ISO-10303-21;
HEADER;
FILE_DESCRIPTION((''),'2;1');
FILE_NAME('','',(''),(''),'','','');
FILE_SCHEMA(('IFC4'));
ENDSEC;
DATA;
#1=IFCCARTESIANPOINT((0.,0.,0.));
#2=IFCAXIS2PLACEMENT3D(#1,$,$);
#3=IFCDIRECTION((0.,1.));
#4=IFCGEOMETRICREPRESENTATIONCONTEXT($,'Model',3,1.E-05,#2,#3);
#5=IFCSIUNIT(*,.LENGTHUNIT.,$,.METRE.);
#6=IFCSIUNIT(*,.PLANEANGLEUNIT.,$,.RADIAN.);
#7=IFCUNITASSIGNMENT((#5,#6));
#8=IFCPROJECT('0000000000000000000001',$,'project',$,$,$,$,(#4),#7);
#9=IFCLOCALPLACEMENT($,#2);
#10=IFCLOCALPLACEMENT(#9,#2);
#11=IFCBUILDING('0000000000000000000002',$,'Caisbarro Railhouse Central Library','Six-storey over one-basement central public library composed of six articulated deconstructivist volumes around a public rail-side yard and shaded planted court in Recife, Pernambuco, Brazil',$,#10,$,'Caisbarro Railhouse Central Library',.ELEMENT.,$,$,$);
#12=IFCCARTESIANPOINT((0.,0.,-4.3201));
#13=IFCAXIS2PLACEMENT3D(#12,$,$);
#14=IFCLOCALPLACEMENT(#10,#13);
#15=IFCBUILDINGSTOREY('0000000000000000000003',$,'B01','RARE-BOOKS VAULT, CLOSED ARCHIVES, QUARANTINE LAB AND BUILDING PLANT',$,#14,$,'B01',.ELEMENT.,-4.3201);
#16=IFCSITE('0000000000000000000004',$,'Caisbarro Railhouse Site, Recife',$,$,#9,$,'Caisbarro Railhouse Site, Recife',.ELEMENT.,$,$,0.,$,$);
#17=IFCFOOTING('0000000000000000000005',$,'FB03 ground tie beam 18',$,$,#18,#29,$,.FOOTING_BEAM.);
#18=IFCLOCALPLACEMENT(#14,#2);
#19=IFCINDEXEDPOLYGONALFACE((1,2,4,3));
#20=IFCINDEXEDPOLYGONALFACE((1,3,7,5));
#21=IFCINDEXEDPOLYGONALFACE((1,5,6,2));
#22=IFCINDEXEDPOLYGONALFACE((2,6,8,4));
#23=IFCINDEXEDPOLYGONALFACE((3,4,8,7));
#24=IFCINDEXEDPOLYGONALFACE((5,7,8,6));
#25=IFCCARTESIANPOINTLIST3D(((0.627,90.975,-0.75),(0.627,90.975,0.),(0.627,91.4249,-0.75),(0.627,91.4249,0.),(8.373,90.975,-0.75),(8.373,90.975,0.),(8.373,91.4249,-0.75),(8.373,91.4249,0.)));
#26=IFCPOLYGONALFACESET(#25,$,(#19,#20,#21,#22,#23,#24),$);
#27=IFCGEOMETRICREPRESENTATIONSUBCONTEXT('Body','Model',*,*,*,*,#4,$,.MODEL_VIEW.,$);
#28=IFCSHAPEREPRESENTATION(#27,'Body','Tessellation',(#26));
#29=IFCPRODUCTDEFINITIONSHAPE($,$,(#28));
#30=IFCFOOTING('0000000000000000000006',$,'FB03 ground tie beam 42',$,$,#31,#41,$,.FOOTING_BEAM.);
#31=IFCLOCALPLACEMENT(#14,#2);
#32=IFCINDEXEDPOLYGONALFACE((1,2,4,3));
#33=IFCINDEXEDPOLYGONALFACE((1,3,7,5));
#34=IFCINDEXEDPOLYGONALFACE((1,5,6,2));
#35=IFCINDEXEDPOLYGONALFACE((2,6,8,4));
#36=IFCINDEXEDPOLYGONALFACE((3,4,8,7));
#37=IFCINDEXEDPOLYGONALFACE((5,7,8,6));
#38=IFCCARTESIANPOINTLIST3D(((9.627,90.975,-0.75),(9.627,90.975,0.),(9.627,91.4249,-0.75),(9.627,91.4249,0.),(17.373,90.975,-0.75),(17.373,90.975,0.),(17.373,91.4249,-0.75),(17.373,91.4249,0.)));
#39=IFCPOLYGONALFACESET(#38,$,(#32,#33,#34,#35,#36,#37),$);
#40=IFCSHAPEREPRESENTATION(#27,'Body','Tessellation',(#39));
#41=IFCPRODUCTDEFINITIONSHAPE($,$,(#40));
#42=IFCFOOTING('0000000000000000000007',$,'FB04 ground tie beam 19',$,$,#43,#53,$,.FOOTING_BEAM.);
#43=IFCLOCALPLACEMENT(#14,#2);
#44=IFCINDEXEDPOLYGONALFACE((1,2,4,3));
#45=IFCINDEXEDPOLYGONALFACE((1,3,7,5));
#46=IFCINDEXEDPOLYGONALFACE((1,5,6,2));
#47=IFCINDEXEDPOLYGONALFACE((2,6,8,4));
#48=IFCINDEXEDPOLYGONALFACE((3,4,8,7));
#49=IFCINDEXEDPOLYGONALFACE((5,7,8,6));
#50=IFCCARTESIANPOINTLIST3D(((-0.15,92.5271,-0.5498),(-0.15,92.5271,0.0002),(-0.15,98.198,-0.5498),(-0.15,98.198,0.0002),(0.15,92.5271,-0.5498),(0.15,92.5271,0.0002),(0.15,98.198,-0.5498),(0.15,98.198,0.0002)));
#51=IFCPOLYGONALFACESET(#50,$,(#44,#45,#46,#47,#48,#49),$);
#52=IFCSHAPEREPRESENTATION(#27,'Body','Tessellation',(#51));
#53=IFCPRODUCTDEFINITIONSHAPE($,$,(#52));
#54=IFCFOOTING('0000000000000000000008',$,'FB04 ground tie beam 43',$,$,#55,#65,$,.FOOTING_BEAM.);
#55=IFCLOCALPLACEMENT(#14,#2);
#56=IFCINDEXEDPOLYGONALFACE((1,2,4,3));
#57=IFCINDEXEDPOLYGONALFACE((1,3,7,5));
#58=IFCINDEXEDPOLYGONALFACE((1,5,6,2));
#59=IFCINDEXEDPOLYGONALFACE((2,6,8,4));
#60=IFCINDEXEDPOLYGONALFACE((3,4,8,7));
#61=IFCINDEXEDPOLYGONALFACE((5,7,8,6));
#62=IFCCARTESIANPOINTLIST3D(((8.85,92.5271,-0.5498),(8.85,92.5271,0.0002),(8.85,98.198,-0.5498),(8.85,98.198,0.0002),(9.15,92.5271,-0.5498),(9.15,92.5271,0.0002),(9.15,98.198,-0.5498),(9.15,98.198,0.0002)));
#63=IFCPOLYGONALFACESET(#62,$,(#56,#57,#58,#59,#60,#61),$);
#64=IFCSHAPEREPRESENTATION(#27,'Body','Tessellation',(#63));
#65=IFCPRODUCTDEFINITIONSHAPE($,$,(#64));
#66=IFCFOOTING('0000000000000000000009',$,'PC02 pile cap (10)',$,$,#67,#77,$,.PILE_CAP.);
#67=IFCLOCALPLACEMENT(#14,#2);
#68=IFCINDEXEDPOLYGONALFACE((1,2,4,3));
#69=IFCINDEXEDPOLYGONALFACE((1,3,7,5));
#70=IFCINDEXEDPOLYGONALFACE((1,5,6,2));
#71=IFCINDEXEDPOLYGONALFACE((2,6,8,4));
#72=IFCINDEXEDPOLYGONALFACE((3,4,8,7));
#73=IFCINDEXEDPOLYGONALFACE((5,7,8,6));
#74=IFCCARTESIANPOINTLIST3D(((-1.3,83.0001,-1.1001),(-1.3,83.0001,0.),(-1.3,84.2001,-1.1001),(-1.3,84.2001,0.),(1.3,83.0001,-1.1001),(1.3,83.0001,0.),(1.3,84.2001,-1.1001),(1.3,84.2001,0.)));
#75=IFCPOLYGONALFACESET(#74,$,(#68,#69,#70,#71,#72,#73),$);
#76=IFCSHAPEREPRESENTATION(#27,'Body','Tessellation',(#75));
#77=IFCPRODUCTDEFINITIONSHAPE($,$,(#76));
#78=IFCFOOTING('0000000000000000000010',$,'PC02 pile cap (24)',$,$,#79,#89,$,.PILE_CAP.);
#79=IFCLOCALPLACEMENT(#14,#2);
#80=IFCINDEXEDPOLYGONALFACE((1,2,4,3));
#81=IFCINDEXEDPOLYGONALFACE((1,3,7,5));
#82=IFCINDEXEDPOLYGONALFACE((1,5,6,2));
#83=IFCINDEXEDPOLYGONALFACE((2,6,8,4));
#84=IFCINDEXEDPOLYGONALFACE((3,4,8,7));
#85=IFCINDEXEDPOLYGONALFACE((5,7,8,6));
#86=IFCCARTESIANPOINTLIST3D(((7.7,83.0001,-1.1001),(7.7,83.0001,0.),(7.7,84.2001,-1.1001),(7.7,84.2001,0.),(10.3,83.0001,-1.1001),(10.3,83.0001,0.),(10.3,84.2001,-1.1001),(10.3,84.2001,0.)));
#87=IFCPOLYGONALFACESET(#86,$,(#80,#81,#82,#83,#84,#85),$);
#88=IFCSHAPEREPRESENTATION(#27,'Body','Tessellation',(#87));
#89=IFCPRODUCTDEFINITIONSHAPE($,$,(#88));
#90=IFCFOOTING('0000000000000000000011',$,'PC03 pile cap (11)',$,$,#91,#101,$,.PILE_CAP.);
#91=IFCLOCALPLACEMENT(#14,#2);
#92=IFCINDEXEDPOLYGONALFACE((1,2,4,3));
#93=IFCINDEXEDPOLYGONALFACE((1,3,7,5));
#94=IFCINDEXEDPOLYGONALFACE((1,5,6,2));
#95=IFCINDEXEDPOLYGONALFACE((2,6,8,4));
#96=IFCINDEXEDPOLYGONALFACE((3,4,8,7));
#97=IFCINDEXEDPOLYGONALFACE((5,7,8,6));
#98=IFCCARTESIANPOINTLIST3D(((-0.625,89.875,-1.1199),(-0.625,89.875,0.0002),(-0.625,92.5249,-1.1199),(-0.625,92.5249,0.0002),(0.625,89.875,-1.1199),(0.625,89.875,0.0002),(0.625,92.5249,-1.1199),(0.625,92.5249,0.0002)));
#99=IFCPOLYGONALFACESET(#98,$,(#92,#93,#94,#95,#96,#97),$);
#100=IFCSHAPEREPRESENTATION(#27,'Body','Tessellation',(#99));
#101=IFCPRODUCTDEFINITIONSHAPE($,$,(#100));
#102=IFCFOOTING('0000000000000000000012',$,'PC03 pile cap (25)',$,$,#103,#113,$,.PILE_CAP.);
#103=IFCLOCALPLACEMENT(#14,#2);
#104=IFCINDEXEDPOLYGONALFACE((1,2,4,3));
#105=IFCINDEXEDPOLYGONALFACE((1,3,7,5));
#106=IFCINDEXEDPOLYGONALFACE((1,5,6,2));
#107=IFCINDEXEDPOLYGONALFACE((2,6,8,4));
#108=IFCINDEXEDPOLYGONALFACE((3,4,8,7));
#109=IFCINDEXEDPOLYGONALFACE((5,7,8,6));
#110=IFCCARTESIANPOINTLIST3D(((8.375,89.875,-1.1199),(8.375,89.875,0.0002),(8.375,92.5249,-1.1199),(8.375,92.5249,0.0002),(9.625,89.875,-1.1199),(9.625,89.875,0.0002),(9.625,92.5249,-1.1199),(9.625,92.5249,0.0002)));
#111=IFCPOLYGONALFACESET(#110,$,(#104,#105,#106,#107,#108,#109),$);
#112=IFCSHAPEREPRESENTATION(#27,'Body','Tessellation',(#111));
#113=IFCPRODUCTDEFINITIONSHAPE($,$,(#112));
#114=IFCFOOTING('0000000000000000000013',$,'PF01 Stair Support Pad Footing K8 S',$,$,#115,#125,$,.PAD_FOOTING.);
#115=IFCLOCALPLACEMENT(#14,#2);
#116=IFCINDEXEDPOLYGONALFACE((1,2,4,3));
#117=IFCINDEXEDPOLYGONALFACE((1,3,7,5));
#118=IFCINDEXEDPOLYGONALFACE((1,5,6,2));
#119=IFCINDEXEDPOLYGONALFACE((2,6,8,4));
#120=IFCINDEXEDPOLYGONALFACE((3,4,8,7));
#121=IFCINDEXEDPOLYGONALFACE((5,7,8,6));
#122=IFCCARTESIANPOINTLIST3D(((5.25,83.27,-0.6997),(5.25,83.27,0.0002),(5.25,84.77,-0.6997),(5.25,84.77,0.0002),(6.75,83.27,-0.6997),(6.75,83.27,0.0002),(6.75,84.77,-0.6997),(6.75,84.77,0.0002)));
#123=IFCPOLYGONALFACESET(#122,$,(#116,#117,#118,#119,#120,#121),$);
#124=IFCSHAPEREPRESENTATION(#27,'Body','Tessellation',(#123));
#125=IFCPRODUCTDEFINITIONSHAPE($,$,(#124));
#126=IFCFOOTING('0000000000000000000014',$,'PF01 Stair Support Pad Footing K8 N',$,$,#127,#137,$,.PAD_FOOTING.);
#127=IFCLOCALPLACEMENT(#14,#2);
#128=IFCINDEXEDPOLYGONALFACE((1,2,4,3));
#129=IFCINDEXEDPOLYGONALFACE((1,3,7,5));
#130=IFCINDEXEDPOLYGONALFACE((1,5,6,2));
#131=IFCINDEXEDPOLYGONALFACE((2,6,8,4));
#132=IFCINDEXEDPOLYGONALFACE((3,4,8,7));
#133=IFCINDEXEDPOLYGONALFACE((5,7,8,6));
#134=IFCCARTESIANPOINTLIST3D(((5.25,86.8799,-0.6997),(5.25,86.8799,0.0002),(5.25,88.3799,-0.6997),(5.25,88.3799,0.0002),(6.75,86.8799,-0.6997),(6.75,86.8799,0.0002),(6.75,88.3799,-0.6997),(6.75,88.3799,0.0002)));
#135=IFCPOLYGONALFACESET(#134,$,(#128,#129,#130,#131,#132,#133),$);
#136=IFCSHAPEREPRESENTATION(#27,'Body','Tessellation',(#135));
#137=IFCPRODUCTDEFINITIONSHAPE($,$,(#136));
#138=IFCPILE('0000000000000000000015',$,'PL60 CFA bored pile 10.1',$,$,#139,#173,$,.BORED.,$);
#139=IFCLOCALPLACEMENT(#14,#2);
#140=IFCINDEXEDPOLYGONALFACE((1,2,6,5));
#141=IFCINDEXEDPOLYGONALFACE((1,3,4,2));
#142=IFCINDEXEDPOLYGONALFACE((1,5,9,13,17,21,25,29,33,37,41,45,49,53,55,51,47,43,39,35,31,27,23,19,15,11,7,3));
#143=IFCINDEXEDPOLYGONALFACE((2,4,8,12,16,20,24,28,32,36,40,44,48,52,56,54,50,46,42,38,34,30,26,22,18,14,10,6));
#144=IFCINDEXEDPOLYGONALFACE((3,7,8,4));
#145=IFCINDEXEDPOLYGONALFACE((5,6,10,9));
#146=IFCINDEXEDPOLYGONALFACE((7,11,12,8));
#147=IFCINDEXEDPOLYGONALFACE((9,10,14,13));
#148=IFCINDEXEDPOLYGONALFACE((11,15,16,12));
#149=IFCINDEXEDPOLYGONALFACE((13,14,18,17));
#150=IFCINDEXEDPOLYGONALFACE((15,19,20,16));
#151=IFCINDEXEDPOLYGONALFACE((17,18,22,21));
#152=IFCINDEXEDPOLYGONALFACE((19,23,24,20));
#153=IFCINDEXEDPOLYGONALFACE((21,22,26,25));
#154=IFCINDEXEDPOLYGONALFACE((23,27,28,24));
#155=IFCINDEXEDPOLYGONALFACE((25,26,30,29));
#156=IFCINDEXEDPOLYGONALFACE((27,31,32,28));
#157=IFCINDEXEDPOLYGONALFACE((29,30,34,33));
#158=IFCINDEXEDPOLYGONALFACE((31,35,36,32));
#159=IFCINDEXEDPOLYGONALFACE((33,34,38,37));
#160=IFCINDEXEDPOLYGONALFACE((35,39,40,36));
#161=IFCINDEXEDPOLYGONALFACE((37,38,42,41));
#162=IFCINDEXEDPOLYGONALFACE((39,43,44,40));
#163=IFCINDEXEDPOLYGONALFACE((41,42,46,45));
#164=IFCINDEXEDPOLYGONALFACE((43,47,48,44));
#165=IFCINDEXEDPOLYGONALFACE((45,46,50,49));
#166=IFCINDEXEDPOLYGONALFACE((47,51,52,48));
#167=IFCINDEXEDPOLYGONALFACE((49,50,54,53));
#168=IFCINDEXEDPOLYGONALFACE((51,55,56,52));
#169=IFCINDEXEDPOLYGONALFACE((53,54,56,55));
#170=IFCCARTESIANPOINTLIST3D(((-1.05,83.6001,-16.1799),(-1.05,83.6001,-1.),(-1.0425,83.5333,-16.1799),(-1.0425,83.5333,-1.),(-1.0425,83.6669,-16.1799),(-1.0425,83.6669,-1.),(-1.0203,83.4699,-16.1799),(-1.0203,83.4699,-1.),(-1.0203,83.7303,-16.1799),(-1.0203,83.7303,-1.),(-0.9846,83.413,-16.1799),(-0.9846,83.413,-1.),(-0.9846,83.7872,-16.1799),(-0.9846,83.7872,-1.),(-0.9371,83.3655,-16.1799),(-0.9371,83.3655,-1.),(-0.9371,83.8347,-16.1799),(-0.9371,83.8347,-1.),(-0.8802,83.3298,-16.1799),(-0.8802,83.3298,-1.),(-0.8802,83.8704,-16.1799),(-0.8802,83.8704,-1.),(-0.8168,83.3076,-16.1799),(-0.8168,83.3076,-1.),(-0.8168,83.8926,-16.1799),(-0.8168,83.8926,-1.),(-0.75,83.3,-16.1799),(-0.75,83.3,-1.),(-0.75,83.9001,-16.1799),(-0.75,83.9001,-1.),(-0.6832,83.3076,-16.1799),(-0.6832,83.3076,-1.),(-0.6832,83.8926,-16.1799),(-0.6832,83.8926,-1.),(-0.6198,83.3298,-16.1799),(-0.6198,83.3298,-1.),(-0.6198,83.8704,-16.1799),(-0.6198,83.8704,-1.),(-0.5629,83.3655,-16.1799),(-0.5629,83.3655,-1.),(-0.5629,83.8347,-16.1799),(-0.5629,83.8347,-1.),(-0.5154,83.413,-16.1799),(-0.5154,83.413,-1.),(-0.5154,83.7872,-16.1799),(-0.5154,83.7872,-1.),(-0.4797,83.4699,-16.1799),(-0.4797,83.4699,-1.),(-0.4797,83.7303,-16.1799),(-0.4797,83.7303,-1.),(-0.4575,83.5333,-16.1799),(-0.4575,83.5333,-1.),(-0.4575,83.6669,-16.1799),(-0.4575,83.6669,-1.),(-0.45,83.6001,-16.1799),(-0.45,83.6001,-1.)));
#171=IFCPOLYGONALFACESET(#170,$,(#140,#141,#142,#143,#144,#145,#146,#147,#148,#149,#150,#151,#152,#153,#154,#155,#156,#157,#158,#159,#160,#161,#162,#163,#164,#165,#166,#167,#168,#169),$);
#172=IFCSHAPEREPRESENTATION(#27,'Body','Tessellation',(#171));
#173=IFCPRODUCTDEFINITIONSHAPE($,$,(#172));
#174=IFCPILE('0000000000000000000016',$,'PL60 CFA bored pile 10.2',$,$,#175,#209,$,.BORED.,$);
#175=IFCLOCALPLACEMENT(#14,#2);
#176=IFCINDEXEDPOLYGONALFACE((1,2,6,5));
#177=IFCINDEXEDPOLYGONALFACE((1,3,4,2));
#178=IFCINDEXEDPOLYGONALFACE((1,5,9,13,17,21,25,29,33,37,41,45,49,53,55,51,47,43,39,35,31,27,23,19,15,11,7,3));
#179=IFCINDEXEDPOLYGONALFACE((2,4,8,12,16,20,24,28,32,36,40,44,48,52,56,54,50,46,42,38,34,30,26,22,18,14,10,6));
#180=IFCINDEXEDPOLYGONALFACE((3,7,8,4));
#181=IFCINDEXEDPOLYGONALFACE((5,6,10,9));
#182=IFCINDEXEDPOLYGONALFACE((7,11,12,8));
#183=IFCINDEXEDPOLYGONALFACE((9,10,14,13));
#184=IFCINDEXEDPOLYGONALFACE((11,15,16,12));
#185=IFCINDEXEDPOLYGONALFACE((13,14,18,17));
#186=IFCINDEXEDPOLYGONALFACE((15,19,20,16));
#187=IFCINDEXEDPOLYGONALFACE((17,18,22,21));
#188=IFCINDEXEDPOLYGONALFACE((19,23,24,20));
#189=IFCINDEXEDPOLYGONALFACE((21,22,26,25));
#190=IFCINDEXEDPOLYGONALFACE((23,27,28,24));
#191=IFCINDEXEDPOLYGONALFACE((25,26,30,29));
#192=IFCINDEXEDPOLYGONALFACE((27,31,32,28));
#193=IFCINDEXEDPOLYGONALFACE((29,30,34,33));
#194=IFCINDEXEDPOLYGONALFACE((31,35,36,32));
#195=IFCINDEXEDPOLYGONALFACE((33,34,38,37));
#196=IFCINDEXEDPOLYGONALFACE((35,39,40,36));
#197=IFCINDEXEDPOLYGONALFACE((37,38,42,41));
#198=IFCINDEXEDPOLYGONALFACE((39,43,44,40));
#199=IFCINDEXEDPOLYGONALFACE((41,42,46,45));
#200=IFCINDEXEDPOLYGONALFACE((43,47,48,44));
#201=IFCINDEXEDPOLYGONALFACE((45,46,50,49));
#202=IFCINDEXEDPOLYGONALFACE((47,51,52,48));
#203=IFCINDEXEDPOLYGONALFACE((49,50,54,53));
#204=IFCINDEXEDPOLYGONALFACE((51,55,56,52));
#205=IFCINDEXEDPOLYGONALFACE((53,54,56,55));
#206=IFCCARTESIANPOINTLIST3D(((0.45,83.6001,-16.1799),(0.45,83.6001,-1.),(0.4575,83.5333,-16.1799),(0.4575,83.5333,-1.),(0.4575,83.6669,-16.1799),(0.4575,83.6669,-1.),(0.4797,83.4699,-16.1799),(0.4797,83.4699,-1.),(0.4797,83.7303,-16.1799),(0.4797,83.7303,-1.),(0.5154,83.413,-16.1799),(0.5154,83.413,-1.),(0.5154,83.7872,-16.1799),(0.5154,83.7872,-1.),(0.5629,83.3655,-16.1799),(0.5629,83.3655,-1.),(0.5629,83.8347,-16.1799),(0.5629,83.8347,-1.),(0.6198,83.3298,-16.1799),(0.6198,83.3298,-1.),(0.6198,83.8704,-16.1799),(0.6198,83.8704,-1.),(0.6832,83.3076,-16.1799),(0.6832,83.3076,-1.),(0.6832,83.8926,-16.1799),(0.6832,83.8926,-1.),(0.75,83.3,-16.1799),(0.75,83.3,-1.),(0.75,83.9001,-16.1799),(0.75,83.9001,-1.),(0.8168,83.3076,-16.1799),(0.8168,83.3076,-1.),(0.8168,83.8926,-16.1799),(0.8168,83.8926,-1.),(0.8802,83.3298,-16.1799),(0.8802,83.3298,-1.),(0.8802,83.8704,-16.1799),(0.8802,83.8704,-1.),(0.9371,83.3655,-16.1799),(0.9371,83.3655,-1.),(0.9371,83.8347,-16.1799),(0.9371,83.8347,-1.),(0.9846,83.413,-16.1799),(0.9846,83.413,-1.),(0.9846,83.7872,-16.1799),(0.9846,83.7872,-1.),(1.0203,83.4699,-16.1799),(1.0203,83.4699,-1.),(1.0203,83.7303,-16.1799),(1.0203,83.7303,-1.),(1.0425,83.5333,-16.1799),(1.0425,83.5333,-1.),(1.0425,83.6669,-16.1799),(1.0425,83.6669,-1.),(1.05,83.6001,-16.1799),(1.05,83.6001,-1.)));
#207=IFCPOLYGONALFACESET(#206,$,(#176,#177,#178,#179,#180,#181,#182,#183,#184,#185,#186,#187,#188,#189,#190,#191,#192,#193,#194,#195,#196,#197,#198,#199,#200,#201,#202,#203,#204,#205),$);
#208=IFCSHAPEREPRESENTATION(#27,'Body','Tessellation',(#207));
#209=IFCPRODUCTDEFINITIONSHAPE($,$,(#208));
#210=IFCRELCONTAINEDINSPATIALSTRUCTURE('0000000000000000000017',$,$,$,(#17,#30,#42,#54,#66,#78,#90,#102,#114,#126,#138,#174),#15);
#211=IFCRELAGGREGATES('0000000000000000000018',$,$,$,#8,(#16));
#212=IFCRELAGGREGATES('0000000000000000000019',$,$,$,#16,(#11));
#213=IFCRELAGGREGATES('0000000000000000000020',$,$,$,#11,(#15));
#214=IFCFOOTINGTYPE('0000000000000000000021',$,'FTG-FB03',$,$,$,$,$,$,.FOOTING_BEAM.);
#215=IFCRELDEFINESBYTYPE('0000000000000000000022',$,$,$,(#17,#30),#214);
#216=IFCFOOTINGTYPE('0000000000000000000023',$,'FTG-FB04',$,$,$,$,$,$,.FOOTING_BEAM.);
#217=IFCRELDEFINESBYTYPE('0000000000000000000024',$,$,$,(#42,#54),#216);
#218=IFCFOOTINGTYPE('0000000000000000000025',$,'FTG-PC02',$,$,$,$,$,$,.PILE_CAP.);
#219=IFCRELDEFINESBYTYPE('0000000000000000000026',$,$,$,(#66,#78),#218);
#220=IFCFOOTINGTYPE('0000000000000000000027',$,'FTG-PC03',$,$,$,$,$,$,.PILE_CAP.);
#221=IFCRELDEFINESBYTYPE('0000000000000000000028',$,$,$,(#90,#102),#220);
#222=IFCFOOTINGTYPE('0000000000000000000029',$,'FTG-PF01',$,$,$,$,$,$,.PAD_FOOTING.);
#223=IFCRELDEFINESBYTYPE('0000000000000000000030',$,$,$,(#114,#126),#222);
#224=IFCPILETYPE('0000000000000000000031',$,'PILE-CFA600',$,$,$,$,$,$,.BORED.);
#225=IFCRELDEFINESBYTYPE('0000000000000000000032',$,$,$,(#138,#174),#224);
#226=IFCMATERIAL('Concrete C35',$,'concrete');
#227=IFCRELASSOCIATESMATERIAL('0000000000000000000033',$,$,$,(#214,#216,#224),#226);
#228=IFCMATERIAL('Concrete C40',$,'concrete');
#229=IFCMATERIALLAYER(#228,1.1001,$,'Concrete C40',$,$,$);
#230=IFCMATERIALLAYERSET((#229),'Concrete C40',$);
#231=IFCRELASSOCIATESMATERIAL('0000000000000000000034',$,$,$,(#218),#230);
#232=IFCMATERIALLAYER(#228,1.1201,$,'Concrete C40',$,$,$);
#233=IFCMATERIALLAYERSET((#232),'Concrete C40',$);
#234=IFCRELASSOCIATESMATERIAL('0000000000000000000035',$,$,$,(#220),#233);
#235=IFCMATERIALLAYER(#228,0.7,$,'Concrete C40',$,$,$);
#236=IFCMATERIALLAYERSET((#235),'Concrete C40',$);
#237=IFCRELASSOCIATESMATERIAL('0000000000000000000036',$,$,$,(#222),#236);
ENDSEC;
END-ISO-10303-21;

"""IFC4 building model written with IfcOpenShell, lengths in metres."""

from ifc_helpers import new_model, si_unit, direction, frame, origin, origin_2d, place, context, subcontext, project, spatial, rectangle, circle, extrude, material, layer, layer_set, material_profile, profile_set, type_object, element, save


model = new_model("IFC4")

# Units and contexts
model_context = context("Model", 3, precision=1e-05, world=origin(), true_north=direction((0.0, 1.0)))
body_context = subcontext(model_context, "Body", "Model", "MODEL_VIEW")
ifc_project = project(units=[si_unit("LENGTHUNIT", "METRE"), si_unit("PLANEANGLEUNIT", "RADIAN")], contexts=[model_context])

# Site, building, storey
site_placement = place(None, origin())
site = spatial("IfcSite", under=ifc_project, at=site_placement, Name="Caisbarro Railhouse Site, Recife", LongName="Caisbarro Railhouse Site, Recife", CompositionType="ELEMENT", RefElevation=0.0)
building_placement = place(site_placement, origin())
building = spatial("IfcBuilding", under=site, at=building_placement, Name="Caisbarro Railhouse Central Library", Description="Six-storey over one-basement central public library composed of six articulated deconstructivist volumes around a public rail-side yard and shaded planted court in Recife, Pernambuco, Brazil", LongName="Caisbarro Railhouse Central Library", CompositionType="ELEMENT")
storey_placement = place(building_placement, frame((0.0, 0.0, -4.3201)))
storey = spatial("IfcBuildingStorey", under=building, at=storey_placement, Name="B01", Description="RARE-BOOKS VAULT, CLOSED ARCHIVES, QUARANTINE LAB AND BUILDING PLANT", LongName="B01", CompositionType="ELEMENT", Elevation=-4.3201)

# Footings
ifc_material_1 = material(Name="Concrete C35", Category="concrete")
footing_type_1 = type_object("IfcFootingType", Name="FTG-FB03", PredefinedType="FOOTING_BEAM", material=ifc_material_1)
for number, where, z_axis, x_axis, name in (
    (1, (4.5, 91.2, -0.75), (0.0, 0.0, 1.0), (1.0, 0.0, 0.0), "FB03 ground tie beam 18"),
    (2, (13.5, 91.2, -0.75), (0.0, 0.0, 1.0), (1.0, 0.0, 0.0), "FB03 ground tie beam 42"),
):
    element("IfcFooting", number, at=place(storey_placement, frame(where, z_axis=z_axis, x_axis=x_axis)), inside=storey, type_object=footing_type_1, Name=name, PredefinedType="FOOTING_BEAM", context=body_context, shape_type="SweptSolid", body=[
        extrude(rectangle(XDim=7.7461, YDim=0.45, at=origin_2d()), origin(), (0.0, 0.0, 1.0), 0.75),
    ])
footing_type_2 = type_object("IfcFootingType", Name="FTG-FB04", PredefinedType="FOOTING_BEAM", material=ifc_material_1)
for number, where, z_axis, x_axis, name in (
    (3, (0.0, 95.3625, -0.5498), (0.0, 0.0, 1.0), (0.0, 1.0, 0.0), "FB04 ground tie beam 19"),
    (4, (9.0, 95.3625, -0.5498), (0.0, 0.0, 1.0), (0.0, 1.0, 0.0), "FB04 ground tie beam 43"),
):
    element("IfcFooting", number, at=place(storey_placement, frame(where, z_axis=z_axis, x_axis=x_axis)), inside=storey, type_object=footing_type_2, Name=name, PredefinedType="FOOTING_BEAM", context=body_context, shape_type="SweptSolid", body=[
        extrude(rectangle(XDim=5.6709, YDim=0.3, at=origin_2d()), origin(), (0.0, 0.0, 1.0), 0.55),
    ])
ifc_material_2 = material(Name="Concrete C40", Category="concrete")
ifc_layer_1 = layer(ifc_material_2, 1.1001, Name="Concrete C40")
ifc_layer_set_1 = layer_set([ifc_layer_1], Name="Concrete C40")
footing_type_3 = type_object("IfcFootingType", Name="FTG-PC02", PredefinedType="PILE_CAP", material=ifc_layer_set_1)
for number, where, z_axis, x_axis, name in (
    (5, (0.0, 83.6001, -1.1001), (0.0, 0.0, 1.0), (1.0, 0.0, 0.0), "PC02 pile cap (10)"),
    (6, (9.0, 83.6001, -1.1001), (0.0, 0.0, 1.0), (1.0, 0.0, 0.0), "PC02 pile cap (24)"),
):
    element("IfcFooting", number, at=place(storey_placement, frame(where, z_axis=z_axis, x_axis=x_axis)), inside=storey, type_object=footing_type_3, Name=name, PredefinedType="PILE_CAP", context=body_context, shape_type="SweptSolid", body=[
        extrude(rectangle(XDim=2.6001, YDim=1.2, at=origin_2d()), origin(), (0.0, 0.0, 1.0), 1.1001),
    ])
ifc_layer_2 = layer(ifc_material_2, 1.1201, Name="Concrete C40")
ifc_layer_set_2 = layer_set([ifc_layer_2], Name="Concrete C40")
footing_type_4 = type_object("IfcFootingType", Name="FTG-PC03", PredefinedType="PILE_CAP", material=ifc_layer_set_2)
for number, where, z_axis, x_axis, name in (
    (7, (0.0, 91.2, -1.1199), (0.0, 0.0, 1.0), (1.0, 0.0, 0.0), "PC03 pile cap (11)"),
    (8, (9.0, 91.2, -1.1199), (0.0, 0.0, 1.0), (1.0, 0.0, 0.0), "PC03 pile cap (25)"),
):
    element("IfcFooting", number, at=place(storey_placement, frame(where, z_axis=z_axis, x_axis=x_axis)), inside=storey, type_object=footing_type_4, Name=name, PredefinedType="PILE_CAP", context=body_context, shape_type="SweptSolid", body=[
        extrude(rectangle(XDim=1.25, YDim=2.6499, at=origin_2d()), origin(), (0.0, 0.0, 1.0), 1.1201),
    ])
ifc_layer_3 = layer(ifc_material_2, 0.7, Name="Concrete C40")
ifc_layer_set_3 = layer_set([ifc_layer_3], Name="Concrete C40")
footing_type_5 = type_object("IfcFootingType", Name="FTG-PF01", PredefinedType="PAD_FOOTING", material=ifc_layer_set_3)
for number, where, z_axis, x_axis, name in (
    (9, (6.0, 84.02, -0.6997), (0.0, 0.0, 1.0), (1.0, 0.0, 0.0), "PF01 Stair Support Pad Footing K8 S"),
    (10, (6.0, 87.6299, -0.6997), (0.0, 0.0, 1.0), (1.0, 0.0, 0.0), "PF01 Stair Support Pad Footing K8 N"),
):
    element("IfcFooting", number, at=place(storey_placement, frame(where, z_axis=z_axis, x_axis=x_axis)), inside=storey, type_object=footing_type_5, Name=name, PredefinedType="PAD_FOOTING", context=body_context, shape_type="SweptSolid", body=[
        extrude(rectangle(XDim=1.5, YDim=1.5, at=origin_2d()), origin(), (0.0, 0.0, 1.0), 0.7),
    ])

# Piles
ifc_material_profile_1 = material_profile(ifc_material_1, circle(Radius=0.3, at=origin_2d()), Name="PILE-CFA-600")
ifc_profile_set_1 = profile_set([ifc_material_profile_1], Name="Concrete C35")
pile_type = type_object("IfcPileType", Name="PILE-CFA600", PredefinedType="BORED", material=ifc_profile_set_1)
for number, where, z_axis, x_axis, name in (
    (11, (-0.75, 83.6001, -1.0), (0.0, 0.0, -1.0), (1.0, 0.0, 0.0), "PL60 CFA bored pile 10.1"),
    (12, (0.75, 83.6001, -1.0), (0.0, 0.0, -1.0), (1.0, 0.0, 0.0), "PL60 CFA bored pile 10.2"),
):
    element("IfcPile", number, at=place(storey_placement, frame(where, z_axis=z_axis, x_axis=x_axis)), inside=storey, type_object=pile_type, Name=name, PredefinedType="BORED", context=body_context, shape_type="SweptSolid", body=[
        extrude(circle(Radius=0.3, at=origin_2d()), origin(), (0.0, 0.0, 1.0), 15.1799),
    ])

save(model, "model.ifc")
